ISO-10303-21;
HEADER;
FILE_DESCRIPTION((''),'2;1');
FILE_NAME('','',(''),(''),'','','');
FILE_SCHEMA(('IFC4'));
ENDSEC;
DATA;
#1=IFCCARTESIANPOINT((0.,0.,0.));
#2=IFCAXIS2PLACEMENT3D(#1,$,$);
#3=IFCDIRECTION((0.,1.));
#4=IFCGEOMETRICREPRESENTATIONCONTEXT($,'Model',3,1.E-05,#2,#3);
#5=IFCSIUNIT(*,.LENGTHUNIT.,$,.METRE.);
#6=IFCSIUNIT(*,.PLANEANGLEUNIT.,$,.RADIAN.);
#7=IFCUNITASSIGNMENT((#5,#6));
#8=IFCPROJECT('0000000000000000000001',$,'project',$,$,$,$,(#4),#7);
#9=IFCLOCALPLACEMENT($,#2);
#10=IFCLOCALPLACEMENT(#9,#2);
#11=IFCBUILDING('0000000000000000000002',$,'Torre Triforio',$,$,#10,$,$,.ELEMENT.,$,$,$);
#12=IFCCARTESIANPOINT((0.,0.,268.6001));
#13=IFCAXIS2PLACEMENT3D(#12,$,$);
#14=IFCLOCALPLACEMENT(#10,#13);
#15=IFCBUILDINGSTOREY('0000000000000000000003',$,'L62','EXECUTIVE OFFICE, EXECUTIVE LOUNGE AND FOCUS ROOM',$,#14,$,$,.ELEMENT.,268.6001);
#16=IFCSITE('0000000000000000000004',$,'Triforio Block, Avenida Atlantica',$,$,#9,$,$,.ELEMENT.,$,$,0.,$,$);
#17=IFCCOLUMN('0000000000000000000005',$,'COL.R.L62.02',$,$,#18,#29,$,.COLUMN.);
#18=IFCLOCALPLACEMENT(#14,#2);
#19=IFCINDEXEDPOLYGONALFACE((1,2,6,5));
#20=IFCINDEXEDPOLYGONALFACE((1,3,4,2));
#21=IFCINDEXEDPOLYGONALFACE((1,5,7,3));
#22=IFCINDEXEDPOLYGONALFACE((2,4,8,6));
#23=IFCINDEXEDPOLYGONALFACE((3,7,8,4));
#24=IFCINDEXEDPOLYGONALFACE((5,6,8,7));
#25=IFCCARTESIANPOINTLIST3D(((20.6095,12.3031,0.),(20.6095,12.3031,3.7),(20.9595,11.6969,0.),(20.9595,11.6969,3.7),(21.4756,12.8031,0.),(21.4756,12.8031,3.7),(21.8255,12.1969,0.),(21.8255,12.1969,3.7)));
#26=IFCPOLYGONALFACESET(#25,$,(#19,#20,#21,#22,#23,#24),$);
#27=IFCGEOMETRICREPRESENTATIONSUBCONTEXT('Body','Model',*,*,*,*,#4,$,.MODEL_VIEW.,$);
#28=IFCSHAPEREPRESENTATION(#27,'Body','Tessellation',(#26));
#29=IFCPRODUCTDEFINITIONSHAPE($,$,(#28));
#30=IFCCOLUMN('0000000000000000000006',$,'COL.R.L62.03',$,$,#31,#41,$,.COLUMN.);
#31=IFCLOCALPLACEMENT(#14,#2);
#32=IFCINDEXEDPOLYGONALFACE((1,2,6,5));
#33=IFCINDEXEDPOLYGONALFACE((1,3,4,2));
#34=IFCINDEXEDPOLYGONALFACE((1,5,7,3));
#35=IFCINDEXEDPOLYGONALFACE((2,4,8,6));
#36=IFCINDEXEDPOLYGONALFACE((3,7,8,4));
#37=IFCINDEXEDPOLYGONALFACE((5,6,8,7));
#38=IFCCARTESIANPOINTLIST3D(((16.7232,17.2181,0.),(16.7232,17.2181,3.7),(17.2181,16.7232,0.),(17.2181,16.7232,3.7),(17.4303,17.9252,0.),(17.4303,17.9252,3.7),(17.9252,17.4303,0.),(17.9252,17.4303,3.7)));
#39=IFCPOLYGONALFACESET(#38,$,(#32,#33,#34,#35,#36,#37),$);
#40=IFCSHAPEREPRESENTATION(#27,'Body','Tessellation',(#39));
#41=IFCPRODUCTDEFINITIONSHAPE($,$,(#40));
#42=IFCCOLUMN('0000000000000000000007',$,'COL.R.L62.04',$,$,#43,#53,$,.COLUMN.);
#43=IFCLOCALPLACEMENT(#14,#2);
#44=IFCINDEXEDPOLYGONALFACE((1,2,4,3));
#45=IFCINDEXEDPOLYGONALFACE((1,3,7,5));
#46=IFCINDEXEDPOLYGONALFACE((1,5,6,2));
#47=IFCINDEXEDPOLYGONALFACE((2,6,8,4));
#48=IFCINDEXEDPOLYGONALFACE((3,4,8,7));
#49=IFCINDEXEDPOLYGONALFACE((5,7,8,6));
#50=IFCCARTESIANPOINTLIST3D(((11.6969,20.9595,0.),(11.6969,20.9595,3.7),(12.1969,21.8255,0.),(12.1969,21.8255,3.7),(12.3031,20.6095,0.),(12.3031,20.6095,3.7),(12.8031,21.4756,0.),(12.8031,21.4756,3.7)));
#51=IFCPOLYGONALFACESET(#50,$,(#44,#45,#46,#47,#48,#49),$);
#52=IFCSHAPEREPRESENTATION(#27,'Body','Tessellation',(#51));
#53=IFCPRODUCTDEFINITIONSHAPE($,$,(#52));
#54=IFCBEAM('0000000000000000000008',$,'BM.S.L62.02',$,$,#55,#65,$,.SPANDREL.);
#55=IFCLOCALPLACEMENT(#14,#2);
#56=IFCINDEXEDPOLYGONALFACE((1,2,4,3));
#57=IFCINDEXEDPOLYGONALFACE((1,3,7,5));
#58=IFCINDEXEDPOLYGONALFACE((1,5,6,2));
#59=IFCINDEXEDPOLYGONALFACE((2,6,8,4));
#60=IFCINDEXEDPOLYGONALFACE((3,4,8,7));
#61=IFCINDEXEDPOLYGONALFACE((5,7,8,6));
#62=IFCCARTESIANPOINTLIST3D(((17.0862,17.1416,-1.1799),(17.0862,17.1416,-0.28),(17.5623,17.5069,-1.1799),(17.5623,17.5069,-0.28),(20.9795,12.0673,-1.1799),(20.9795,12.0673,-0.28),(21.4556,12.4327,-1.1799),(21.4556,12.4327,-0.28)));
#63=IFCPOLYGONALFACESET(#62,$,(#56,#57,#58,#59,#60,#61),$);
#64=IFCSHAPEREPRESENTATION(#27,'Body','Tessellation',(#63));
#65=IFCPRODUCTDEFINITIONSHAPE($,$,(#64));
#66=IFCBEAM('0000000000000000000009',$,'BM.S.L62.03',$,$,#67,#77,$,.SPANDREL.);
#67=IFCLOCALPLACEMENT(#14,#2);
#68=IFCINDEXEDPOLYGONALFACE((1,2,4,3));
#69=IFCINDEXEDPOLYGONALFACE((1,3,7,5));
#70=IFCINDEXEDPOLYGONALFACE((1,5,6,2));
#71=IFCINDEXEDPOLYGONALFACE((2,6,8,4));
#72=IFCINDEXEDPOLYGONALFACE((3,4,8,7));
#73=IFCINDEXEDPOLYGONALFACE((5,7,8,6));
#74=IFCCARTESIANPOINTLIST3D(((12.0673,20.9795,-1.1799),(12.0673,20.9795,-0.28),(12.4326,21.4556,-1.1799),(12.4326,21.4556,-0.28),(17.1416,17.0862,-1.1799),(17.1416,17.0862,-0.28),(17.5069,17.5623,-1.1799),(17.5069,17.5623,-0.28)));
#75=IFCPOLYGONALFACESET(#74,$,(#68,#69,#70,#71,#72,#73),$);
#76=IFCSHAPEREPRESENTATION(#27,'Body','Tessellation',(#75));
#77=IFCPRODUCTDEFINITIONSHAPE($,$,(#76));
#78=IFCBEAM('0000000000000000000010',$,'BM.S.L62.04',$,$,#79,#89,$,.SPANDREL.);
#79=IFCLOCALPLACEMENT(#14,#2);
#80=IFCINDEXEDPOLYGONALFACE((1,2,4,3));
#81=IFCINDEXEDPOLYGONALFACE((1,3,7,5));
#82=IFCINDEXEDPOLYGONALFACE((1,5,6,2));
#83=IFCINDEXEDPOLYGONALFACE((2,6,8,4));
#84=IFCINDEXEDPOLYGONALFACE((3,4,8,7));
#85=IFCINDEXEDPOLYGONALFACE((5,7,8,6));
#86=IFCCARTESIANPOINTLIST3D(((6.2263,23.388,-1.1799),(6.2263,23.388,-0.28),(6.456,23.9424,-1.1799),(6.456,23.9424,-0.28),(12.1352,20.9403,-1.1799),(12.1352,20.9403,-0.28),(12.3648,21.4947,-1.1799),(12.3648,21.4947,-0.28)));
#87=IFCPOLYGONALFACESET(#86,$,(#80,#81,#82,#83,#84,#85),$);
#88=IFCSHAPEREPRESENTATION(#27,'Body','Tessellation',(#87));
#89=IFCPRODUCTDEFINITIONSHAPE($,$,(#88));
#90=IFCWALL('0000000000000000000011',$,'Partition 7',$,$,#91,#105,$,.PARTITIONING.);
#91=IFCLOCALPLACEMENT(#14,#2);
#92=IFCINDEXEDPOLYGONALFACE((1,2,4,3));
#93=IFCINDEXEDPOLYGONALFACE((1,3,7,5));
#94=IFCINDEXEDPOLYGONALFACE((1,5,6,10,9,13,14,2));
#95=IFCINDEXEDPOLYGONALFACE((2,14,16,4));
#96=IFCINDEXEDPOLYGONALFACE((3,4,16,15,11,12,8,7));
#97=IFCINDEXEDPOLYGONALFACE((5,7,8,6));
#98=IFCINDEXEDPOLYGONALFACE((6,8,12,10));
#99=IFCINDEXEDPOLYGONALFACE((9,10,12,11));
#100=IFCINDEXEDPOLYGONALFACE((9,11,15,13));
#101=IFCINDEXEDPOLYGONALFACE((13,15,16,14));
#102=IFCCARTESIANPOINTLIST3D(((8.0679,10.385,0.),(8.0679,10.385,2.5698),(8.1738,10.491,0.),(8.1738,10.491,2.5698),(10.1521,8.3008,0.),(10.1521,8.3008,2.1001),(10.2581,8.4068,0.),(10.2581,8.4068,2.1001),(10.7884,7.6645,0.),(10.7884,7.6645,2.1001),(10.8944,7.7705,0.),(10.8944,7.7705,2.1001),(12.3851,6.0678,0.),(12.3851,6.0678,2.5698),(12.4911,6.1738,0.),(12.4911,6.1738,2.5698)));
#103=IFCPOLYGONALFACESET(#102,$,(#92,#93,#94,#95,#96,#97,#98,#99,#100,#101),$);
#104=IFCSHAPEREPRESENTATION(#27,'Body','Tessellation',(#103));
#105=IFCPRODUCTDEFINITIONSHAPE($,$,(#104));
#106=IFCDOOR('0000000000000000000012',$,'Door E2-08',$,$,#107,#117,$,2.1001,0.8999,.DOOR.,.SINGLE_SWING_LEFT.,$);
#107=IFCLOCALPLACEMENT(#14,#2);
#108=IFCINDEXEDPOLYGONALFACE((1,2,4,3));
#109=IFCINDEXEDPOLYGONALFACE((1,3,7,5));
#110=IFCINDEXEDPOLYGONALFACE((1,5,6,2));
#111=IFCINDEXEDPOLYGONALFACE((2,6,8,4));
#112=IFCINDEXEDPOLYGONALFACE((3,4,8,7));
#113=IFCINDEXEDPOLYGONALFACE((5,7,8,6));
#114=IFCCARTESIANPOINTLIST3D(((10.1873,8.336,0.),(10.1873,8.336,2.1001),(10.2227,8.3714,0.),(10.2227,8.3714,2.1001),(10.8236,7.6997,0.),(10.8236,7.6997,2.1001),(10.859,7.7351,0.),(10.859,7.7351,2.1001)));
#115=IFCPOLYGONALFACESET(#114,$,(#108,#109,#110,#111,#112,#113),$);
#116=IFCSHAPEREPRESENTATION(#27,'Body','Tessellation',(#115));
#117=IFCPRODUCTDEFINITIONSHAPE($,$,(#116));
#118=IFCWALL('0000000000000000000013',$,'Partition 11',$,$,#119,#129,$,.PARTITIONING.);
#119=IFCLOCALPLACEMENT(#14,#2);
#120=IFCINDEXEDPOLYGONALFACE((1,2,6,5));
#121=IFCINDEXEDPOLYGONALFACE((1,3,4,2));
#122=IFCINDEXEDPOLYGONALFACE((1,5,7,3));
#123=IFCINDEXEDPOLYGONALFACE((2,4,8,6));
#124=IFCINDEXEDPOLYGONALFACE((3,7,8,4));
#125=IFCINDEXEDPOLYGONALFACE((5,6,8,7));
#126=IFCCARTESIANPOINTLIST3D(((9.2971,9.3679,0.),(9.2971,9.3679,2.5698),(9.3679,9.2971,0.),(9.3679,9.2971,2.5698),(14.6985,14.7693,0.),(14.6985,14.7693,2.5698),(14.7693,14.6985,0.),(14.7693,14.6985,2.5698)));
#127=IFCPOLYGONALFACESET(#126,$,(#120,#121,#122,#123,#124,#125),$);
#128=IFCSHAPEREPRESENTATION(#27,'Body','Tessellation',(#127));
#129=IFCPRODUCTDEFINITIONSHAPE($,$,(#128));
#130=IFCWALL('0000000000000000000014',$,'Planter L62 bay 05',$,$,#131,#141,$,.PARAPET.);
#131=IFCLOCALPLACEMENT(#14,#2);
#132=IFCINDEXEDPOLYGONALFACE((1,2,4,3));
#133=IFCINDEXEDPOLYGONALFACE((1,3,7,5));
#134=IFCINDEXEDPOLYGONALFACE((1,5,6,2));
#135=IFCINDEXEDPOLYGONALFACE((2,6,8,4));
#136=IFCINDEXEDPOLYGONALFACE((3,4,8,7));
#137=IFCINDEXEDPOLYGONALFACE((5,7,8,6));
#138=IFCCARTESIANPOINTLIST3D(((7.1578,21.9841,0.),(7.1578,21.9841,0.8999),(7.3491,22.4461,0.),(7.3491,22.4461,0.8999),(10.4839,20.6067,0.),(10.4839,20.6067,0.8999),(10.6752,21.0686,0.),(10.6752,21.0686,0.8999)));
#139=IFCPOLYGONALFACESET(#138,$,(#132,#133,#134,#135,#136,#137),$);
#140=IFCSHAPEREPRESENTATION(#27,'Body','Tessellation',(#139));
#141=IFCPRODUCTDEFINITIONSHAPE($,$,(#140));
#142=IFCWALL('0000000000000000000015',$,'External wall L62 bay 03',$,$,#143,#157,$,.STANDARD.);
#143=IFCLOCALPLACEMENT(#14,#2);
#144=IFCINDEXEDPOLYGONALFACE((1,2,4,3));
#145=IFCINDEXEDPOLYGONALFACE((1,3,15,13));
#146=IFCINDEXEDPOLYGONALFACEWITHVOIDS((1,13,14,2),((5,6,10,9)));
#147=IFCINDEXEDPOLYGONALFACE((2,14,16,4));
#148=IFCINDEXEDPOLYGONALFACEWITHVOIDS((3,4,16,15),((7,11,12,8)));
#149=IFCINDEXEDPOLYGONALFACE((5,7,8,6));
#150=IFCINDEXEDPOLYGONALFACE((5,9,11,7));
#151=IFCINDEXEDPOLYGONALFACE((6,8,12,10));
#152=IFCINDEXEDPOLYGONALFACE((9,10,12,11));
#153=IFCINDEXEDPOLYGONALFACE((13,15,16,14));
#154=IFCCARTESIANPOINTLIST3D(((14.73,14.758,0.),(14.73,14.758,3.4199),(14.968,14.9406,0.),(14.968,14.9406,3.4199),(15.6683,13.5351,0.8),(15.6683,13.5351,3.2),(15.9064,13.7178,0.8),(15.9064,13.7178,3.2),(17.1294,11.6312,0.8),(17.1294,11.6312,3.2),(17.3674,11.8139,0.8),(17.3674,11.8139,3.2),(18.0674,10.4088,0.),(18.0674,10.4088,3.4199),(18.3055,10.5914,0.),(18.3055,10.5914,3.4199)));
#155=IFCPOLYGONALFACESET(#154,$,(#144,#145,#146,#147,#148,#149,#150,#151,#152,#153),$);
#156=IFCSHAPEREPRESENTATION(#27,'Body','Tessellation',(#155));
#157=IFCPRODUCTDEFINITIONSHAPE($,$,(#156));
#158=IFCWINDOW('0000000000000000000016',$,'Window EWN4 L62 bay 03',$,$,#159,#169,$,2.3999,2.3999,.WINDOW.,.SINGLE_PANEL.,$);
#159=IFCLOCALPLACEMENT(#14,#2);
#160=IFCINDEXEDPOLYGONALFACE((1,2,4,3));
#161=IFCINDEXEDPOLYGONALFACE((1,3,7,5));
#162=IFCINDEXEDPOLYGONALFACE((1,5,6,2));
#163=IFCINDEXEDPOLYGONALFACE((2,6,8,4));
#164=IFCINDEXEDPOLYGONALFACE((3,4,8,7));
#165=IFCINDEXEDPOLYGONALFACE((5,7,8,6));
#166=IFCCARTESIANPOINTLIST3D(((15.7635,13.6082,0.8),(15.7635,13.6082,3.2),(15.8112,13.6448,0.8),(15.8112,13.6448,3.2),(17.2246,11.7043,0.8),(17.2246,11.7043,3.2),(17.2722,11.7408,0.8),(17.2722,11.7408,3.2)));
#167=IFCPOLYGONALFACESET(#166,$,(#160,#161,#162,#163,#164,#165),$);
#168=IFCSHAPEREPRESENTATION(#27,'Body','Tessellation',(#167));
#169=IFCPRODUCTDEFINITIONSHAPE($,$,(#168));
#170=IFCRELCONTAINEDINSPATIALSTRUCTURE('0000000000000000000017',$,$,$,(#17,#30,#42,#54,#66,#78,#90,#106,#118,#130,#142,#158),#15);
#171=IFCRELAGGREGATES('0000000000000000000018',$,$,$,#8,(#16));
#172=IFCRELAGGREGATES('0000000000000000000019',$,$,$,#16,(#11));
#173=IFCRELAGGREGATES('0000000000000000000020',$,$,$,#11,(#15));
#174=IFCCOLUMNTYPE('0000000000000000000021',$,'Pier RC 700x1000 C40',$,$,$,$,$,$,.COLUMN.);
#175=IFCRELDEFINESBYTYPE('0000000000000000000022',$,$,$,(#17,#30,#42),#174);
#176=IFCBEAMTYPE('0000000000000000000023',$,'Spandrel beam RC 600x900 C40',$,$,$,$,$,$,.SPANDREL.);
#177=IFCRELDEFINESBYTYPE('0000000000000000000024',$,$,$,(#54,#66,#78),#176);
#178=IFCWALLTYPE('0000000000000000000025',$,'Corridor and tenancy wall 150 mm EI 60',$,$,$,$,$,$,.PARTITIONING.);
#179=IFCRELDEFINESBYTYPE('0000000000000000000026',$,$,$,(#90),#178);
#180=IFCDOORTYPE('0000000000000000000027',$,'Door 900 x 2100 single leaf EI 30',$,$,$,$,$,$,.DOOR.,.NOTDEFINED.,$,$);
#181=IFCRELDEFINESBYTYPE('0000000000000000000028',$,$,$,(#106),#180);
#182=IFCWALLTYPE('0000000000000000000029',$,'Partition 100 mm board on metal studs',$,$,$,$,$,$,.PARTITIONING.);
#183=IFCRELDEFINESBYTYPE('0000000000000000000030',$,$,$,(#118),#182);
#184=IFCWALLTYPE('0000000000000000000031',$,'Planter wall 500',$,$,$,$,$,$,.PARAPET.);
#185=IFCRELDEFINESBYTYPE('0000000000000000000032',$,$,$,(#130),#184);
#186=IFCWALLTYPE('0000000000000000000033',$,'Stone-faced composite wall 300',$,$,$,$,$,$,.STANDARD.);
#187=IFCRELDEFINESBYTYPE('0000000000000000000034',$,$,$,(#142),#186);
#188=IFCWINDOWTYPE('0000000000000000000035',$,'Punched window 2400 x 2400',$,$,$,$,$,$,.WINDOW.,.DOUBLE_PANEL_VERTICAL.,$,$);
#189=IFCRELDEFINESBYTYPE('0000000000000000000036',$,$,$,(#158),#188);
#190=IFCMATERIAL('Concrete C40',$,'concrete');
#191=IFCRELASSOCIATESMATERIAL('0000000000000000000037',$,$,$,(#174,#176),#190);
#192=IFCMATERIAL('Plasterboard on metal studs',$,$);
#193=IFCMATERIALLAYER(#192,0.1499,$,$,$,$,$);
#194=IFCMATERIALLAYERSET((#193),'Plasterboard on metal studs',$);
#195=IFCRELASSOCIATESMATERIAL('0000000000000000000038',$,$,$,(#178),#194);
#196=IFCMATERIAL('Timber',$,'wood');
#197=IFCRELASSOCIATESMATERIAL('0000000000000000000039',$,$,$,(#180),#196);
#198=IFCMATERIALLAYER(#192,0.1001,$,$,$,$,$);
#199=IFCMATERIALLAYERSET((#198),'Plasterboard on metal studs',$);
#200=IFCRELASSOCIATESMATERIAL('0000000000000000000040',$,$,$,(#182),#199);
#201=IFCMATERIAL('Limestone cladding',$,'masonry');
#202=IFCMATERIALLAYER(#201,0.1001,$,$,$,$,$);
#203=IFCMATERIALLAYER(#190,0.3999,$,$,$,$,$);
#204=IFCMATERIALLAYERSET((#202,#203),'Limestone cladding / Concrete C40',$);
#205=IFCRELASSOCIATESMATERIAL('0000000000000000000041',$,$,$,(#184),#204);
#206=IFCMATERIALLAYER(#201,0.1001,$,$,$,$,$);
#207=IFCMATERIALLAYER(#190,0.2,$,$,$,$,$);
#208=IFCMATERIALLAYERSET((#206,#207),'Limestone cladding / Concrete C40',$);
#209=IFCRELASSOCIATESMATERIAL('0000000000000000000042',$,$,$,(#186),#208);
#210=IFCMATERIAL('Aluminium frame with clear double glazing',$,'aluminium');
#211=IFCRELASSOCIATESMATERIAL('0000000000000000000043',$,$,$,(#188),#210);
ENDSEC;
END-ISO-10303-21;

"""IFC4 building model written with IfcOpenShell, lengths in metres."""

from ifc_helpers import new_model, si_unit, direction, frame, frame_2d, origin, origin_2d, place, context, subcontext, project, spatial, rectangle, extrude, material, layer, layer_set, material_profile, profile_set, type_object, element, fill, save


model = new_model("IFC4")

# Units and contexts
model_context = context("Model", 3, precision=1e-05, world=origin(), true_north=direction((0.0, 1.0)))
body_context = subcontext(model_context, "Body", "Model", "MODEL_VIEW")
ifc_project = project(units=[si_unit("LENGTHUNIT", "METRE"), si_unit("PLANEANGLEUNIT", "RADIAN")], contexts=[model_context])

# Site, building, storey
site_placement = place(None, origin())
site = spatial("IfcSite", under=ifc_project, at=site_placement, Name="Triforio Block, Avenida Atlantica", CompositionType="ELEMENT", RefElevation=0.0)
building_placement = place(site_placement, origin())
building = spatial("IfcBuilding", under=site, at=building_placement, Name="Torre Triforio", CompositionType="ELEMENT")
storey_placement = place(building_placement, frame((0.0, 0.0, 268.6001)))
storey = spatial("IfcBuildingStorey", under=building, at=storey_placement, Name="L62", Description="EXECUTIVE OFFICE, EXECUTIVE LOUNGE AND FOCUS ROOM", CompositionType="ELEMENT", Elevation=268.6001)

# Columns
ifc_material_1 = material(Name="Concrete C40", Category="concrete")
ifc_material_profile_1 = material_profile(ifc_material_1, rectangle(XDim=0.7, YDim=1.0, at=origin_2d()), Name="RC 700x1000")
ifc_profile_set_1 = profile_set([ifc_material_profile_1], Name="Concrete C40")
column_type = type_object("IfcColumnType", Name="Pier RC 700x1000 C40", PredefinedType="COLUMN", material=ifc_profile_set_1)
for number, where, z_axis, x_axis, name in (
    (1, (21.2175, 12.25, 0.0), (0.0, 0.0, 1.0), (-0.5, 0.866025, 0.0), "COL.R.L62.02"),
    (2, (17.3242, 17.3242, 0.0), (0.0, 0.0, 1.0), (-0.707107, 0.707107, 0.0), "COL.R.L62.03"),
    (3, (12.25, 21.2175, 0.0), (0.0, 0.0, 1.0), (-0.866025, 0.5, 0.0), "COL.R.L62.04"),
):
    element("IfcColumn", number, at=place(storey_placement, frame(where, z_axis=z_axis, x_axis=x_axis)), inside=storey, type_object=column_type, Name=name, PredefinedType="COLUMN", context=body_context, shape_type="SweptSolid", body=[
        extrude(rectangle(XDim=0.7, YDim=1.0, at=origin_2d()), origin(), (0.0, 0.0, 1.0), 3.7),
    ])

# Beams
ifc_material_profile_2 = material_profile(ifc_material_1, rectangle(XDim=0.6001, YDim=0.8999, at=origin_2d()), Name="RC 600x900")
ifc_profile_set_2 = profile_set([ifc_material_profile_2], Name="Concrete C40")
beam_type = type_object("IfcBeamType", Name="Spandrel beam RC 600x900 C40", PredefinedType="SPANDREL", material=ifc_profile_set_2)
for number, where, z_axis, x_axis, name in (
    (4, (21.2175, 12.25, -0.73), (-0.608734, 0.793374, 0.0), (-0.793374, -0.608734, 0.0), "BM.S.L62.02"),
    (5, (17.3242, 17.3242, -0.73), (-0.793374, 0.608734, 0.0), (-0.608734, -0.793374, 0.0), "BM.S.L62.03"),
    (6, (12.25, 21.2175, -0.73), (-0.923869, 0.382709, 0.0), (-0.382709, -0.923869, 0.0), "BM.S.L62.04"),
):
    element("IfcBeam", number, at=place(storey_placement, frame(where, z_axis=z_axis, x_axis=x_axis)), inside=storey, type_object=beam_type, Name=name, PredefinedType="SPANDREL", context=body_context, shape_type="SweptSolid", body=[
        extrude(rectangle(XDim=0.6001, YDim=0.8999, at=origin_2d()), origin(), (0.0, 0.0, 1.0), 6.3958),
    ])

# Wall, opening, door
ifc_material_2 = material(Name="Plasterboard on metal studs")
ifc_layer_1 = layer(ifc_material_2, 0.1499)
ifc_layer_set_1 = layer_set([ifc_layer_1], Name="Plasterboard on metal studs")
wall_type_1 = type_object("IfcWallType", Name="Corridor and tenancy wall 150 mm EI 60", PredefinedType="PARTITIONING", material=ifc_layer_set_1)
wall_1_placement = place(storey_placement, frame((8.1208, 10.438, 0.0), z_axis=(0.0, 0.0, 1.0), x_axis=(0.707107, -0.707107, 0.0)))
wall_1 = element("IfcWall", 7, at=wall_1_placement, inside=storey, type_object=wall_type_1, Name="Partition 7", PredefinedType="PARTITIONING", context=body_context, shape_type="SweptSolid", body=[
    extrude(rectangle(XDim=6.1055, YDim=0.1499, at=frame_2d((3.0527, 0.0))), origin(), (0.0, 0.0, 1.0), 2.5698),
])
opening_1_placement = place(wall_1_placement, frame((2.9475, 0.0, 0.0)))
opening_1 = element("IfcOpeningElement", 8, at=opening_1_placement, cuts=wall_1, PredefinedType="OPENING", context=body_context, shape_type="SweptSolid", body=[
    extrude(rectangle(XDim=0.8999, YDim=2.1001, at=frame_2d((0.45, 1.05))), frame((0.0, 0.085, 0.0), z_axis=(0.0, -1.0, 0.0), x_axis=(1.0, 0.0, 0.0)), (0.0, 0.0, 1.0), 0.1699),
])
ifc_material_3 = material(Name="Timber", Category="wood")
door_type_1 = type_object("IfcDoorType", Name="Door 900 x 2100 single leaf EI 30", OperationType="NOTDEFINED", PredefinedType="DOOR", material=ifc_material_3)
door_1_placement = place(opening_1_placement, origin())
door_1 = element("IfcDoor", 9, at=door_1_placement, inside=storey, type_object=door_type_1, Name="Door E2-08", OperationType="SINGLE_SWING_LEFT", OverallHeight=2.1001, OverallWidth=0.8999, PredefinedType="DOOR", context=body_context, shape_type="SweptSolid", body=[
    extrude(rectangle(XDim=0.8999, YDim=2.1001, at=frame_2d((0.45, 1.05))), frame((0.0, 0.0249, 0.0), z_axis=(0.0, -1.0, 0.0), x_axis=(1.0, 0.0, 0.0)), (0.0, 0.0, 1.0), 0.05),
])
fill(opening_1, door_1)

# Walls
ifc_layer_2 = layer(ifc_material_2, 0.1001)
ifc_layer_set_2 = layer_set([ifc_layer_2], Name="Plasterboard on metal studs")
wall_type_2 = type_object("IfcWallType", Name="Partition 100 mm board on metal studs", PredefinedType="PARTITIONING", material=ifc_layer_set_2)
wall_2_placement = place(storey_placement, frame((9.3325, 9.3325, 0.0), z_axis=(0.0, 0.0, 1.0), x_axis=(0.707107, 0.707107, 0.0)))
element("IfcWall", 10, at=wall_2_placement, inside=storey, type_object=wall_type_2, Name="Partition 11", PredefinedType="PARTITIONING", context=body_context, shape_type="SweptSolid", body=[
    extrude(rectangle(XDim=7.6387, YDim=0.1001, at=frame_2d((3.8193, 0.0))), origin(), (0.0, 0.0, 1.0), 2.5698),
])
ifc_material_4 = material(Name="Limestone cladding", Category="masonry")
ifc_layer_3 = layer(ifc_material_4, 0.1001)
ifc_layer_4 = layer(ifc_material_1, 0.3999)
ifc_layer_set_3 = layer_set([ifc_layer_3, ifc_layer_4], Name="Limestone cladding / Concrete C40")
wall_type_3 = type_object("IfcWallType", Name="Planter wall 500", PredefinedType="PARAPET", material=ifc_layer_set_3)
wall_3_placement = place(storey_placement, frame((10.5796, 20.8376, 0.0), z_axis=(0.0, 0.0, 1.0), x_axis=(-0.923909, 0.382611, 0.0)))
element("IfcWall", 11, at=wall_3_placement, inside=storey, type_object=wall_type_3, Name="Planter L62 bay 05", PredefinedType="PARAPET", context=body_context, shape_type="SweptSolid", body=[
    extrude(rectangle(XDim=3.6001, YDim=0.5, at=frame_2d((1.8, 0.0))), origin(), (0.0, 0.0, 1.0), 0.8999),
])

# Wall, opening, window
ifc_layer_5 = layer(ifc_material_4, 0.1001)
ifc_layer_6 = layer(ifc_material_1, 0.2)
ifc_layer_set_4 = layer_set([ifc_layer_5, ifc_layer_6], Name="Limestone cladding / Concrete C40")
wall_type_4 = type_object("IfcWallType", Name="Stone-faced composite wall 300", PredefinedType="STANDARD", material=ifc_layer_set_4)
wall_4_placement = place(storey_placement, frame((18.1865, 10.5, 0.0), z_axis=(0.0, 0.0, 1.0), x_axis=(-0.608785, 0.793335, 0.0)))
wall_4 = element("IfcWall", 12, at=wall_4_placement, inside=storey, type_object=wall_type_4, Name="External wall L62 bay 03", PredefinedType="STANDARD", context=body_context, shape_type="SweptSolid", body=[
    extrude(rectangle(XDim=5.4822, YDim=0.3, at=frame_2d((2.7412, 0.0))), origin(), (0.0, 0.0, 1.0), 3.4199),
])
opening_2_placement = place(wall_4_placement, frame((1.541, 0.0, 0.8)))
opening_2 = element("IfcOpeningElement", 13, at=opening_2_placement, cuts=wall_4, PredefinedType="OPENING", context=body_context, shape_type="SweptSolid", body=[
    extrude(rectangle(XDim=2.3999, YDim=2.3999, at=frame_2d((1.2, 1.2))), frame((0.0, 0.1599, 0.0), z_axis=(0.0, -1.0, 0.0), x_axis=(1.0, 0.0, 0.0)), (0.0, 0.0, 1.0), 0.3201),
])
ifc_material_5 = material(Name="Aluminium frame with clear double glazing", Category="aluminium")
window_type_1 = type_object("IfcWindowType", Name="Punched window 2400 x 2400", PartitioningType="DOUBLE_PANEL_VERTICAL", PredefinedType="WINDOW", material=ifc_material_5)
window_1_placement = place(opening_2_placement, origin())
window_1 = element("IfcWindow", 14, at=window_1_placement, inside=storey, type_object=window_type_1, Name="Window EWN4 L62 bay 03", OverallHeight=2.3999, OverallWidth=2.3999, PartitioningType="SINGLE_PANEL", PredefinedType="WINDOW", context=body_context, shape_type="SweptSolid", body=[
    extrude(rectangle(XDim=2.3999, YDim=2.3999, at=frame_2d((1.2, 1.2))), frame((0.0, 0.03, 0.0), z_axis=(0.0, -1.0, 0.0), x_axis=(1.0, 0.0, 0.0)), (0.0, 0.0, 1.0), 0.0601),
])
fill(opening_2, window_1)

save(model, "model.ifc")
